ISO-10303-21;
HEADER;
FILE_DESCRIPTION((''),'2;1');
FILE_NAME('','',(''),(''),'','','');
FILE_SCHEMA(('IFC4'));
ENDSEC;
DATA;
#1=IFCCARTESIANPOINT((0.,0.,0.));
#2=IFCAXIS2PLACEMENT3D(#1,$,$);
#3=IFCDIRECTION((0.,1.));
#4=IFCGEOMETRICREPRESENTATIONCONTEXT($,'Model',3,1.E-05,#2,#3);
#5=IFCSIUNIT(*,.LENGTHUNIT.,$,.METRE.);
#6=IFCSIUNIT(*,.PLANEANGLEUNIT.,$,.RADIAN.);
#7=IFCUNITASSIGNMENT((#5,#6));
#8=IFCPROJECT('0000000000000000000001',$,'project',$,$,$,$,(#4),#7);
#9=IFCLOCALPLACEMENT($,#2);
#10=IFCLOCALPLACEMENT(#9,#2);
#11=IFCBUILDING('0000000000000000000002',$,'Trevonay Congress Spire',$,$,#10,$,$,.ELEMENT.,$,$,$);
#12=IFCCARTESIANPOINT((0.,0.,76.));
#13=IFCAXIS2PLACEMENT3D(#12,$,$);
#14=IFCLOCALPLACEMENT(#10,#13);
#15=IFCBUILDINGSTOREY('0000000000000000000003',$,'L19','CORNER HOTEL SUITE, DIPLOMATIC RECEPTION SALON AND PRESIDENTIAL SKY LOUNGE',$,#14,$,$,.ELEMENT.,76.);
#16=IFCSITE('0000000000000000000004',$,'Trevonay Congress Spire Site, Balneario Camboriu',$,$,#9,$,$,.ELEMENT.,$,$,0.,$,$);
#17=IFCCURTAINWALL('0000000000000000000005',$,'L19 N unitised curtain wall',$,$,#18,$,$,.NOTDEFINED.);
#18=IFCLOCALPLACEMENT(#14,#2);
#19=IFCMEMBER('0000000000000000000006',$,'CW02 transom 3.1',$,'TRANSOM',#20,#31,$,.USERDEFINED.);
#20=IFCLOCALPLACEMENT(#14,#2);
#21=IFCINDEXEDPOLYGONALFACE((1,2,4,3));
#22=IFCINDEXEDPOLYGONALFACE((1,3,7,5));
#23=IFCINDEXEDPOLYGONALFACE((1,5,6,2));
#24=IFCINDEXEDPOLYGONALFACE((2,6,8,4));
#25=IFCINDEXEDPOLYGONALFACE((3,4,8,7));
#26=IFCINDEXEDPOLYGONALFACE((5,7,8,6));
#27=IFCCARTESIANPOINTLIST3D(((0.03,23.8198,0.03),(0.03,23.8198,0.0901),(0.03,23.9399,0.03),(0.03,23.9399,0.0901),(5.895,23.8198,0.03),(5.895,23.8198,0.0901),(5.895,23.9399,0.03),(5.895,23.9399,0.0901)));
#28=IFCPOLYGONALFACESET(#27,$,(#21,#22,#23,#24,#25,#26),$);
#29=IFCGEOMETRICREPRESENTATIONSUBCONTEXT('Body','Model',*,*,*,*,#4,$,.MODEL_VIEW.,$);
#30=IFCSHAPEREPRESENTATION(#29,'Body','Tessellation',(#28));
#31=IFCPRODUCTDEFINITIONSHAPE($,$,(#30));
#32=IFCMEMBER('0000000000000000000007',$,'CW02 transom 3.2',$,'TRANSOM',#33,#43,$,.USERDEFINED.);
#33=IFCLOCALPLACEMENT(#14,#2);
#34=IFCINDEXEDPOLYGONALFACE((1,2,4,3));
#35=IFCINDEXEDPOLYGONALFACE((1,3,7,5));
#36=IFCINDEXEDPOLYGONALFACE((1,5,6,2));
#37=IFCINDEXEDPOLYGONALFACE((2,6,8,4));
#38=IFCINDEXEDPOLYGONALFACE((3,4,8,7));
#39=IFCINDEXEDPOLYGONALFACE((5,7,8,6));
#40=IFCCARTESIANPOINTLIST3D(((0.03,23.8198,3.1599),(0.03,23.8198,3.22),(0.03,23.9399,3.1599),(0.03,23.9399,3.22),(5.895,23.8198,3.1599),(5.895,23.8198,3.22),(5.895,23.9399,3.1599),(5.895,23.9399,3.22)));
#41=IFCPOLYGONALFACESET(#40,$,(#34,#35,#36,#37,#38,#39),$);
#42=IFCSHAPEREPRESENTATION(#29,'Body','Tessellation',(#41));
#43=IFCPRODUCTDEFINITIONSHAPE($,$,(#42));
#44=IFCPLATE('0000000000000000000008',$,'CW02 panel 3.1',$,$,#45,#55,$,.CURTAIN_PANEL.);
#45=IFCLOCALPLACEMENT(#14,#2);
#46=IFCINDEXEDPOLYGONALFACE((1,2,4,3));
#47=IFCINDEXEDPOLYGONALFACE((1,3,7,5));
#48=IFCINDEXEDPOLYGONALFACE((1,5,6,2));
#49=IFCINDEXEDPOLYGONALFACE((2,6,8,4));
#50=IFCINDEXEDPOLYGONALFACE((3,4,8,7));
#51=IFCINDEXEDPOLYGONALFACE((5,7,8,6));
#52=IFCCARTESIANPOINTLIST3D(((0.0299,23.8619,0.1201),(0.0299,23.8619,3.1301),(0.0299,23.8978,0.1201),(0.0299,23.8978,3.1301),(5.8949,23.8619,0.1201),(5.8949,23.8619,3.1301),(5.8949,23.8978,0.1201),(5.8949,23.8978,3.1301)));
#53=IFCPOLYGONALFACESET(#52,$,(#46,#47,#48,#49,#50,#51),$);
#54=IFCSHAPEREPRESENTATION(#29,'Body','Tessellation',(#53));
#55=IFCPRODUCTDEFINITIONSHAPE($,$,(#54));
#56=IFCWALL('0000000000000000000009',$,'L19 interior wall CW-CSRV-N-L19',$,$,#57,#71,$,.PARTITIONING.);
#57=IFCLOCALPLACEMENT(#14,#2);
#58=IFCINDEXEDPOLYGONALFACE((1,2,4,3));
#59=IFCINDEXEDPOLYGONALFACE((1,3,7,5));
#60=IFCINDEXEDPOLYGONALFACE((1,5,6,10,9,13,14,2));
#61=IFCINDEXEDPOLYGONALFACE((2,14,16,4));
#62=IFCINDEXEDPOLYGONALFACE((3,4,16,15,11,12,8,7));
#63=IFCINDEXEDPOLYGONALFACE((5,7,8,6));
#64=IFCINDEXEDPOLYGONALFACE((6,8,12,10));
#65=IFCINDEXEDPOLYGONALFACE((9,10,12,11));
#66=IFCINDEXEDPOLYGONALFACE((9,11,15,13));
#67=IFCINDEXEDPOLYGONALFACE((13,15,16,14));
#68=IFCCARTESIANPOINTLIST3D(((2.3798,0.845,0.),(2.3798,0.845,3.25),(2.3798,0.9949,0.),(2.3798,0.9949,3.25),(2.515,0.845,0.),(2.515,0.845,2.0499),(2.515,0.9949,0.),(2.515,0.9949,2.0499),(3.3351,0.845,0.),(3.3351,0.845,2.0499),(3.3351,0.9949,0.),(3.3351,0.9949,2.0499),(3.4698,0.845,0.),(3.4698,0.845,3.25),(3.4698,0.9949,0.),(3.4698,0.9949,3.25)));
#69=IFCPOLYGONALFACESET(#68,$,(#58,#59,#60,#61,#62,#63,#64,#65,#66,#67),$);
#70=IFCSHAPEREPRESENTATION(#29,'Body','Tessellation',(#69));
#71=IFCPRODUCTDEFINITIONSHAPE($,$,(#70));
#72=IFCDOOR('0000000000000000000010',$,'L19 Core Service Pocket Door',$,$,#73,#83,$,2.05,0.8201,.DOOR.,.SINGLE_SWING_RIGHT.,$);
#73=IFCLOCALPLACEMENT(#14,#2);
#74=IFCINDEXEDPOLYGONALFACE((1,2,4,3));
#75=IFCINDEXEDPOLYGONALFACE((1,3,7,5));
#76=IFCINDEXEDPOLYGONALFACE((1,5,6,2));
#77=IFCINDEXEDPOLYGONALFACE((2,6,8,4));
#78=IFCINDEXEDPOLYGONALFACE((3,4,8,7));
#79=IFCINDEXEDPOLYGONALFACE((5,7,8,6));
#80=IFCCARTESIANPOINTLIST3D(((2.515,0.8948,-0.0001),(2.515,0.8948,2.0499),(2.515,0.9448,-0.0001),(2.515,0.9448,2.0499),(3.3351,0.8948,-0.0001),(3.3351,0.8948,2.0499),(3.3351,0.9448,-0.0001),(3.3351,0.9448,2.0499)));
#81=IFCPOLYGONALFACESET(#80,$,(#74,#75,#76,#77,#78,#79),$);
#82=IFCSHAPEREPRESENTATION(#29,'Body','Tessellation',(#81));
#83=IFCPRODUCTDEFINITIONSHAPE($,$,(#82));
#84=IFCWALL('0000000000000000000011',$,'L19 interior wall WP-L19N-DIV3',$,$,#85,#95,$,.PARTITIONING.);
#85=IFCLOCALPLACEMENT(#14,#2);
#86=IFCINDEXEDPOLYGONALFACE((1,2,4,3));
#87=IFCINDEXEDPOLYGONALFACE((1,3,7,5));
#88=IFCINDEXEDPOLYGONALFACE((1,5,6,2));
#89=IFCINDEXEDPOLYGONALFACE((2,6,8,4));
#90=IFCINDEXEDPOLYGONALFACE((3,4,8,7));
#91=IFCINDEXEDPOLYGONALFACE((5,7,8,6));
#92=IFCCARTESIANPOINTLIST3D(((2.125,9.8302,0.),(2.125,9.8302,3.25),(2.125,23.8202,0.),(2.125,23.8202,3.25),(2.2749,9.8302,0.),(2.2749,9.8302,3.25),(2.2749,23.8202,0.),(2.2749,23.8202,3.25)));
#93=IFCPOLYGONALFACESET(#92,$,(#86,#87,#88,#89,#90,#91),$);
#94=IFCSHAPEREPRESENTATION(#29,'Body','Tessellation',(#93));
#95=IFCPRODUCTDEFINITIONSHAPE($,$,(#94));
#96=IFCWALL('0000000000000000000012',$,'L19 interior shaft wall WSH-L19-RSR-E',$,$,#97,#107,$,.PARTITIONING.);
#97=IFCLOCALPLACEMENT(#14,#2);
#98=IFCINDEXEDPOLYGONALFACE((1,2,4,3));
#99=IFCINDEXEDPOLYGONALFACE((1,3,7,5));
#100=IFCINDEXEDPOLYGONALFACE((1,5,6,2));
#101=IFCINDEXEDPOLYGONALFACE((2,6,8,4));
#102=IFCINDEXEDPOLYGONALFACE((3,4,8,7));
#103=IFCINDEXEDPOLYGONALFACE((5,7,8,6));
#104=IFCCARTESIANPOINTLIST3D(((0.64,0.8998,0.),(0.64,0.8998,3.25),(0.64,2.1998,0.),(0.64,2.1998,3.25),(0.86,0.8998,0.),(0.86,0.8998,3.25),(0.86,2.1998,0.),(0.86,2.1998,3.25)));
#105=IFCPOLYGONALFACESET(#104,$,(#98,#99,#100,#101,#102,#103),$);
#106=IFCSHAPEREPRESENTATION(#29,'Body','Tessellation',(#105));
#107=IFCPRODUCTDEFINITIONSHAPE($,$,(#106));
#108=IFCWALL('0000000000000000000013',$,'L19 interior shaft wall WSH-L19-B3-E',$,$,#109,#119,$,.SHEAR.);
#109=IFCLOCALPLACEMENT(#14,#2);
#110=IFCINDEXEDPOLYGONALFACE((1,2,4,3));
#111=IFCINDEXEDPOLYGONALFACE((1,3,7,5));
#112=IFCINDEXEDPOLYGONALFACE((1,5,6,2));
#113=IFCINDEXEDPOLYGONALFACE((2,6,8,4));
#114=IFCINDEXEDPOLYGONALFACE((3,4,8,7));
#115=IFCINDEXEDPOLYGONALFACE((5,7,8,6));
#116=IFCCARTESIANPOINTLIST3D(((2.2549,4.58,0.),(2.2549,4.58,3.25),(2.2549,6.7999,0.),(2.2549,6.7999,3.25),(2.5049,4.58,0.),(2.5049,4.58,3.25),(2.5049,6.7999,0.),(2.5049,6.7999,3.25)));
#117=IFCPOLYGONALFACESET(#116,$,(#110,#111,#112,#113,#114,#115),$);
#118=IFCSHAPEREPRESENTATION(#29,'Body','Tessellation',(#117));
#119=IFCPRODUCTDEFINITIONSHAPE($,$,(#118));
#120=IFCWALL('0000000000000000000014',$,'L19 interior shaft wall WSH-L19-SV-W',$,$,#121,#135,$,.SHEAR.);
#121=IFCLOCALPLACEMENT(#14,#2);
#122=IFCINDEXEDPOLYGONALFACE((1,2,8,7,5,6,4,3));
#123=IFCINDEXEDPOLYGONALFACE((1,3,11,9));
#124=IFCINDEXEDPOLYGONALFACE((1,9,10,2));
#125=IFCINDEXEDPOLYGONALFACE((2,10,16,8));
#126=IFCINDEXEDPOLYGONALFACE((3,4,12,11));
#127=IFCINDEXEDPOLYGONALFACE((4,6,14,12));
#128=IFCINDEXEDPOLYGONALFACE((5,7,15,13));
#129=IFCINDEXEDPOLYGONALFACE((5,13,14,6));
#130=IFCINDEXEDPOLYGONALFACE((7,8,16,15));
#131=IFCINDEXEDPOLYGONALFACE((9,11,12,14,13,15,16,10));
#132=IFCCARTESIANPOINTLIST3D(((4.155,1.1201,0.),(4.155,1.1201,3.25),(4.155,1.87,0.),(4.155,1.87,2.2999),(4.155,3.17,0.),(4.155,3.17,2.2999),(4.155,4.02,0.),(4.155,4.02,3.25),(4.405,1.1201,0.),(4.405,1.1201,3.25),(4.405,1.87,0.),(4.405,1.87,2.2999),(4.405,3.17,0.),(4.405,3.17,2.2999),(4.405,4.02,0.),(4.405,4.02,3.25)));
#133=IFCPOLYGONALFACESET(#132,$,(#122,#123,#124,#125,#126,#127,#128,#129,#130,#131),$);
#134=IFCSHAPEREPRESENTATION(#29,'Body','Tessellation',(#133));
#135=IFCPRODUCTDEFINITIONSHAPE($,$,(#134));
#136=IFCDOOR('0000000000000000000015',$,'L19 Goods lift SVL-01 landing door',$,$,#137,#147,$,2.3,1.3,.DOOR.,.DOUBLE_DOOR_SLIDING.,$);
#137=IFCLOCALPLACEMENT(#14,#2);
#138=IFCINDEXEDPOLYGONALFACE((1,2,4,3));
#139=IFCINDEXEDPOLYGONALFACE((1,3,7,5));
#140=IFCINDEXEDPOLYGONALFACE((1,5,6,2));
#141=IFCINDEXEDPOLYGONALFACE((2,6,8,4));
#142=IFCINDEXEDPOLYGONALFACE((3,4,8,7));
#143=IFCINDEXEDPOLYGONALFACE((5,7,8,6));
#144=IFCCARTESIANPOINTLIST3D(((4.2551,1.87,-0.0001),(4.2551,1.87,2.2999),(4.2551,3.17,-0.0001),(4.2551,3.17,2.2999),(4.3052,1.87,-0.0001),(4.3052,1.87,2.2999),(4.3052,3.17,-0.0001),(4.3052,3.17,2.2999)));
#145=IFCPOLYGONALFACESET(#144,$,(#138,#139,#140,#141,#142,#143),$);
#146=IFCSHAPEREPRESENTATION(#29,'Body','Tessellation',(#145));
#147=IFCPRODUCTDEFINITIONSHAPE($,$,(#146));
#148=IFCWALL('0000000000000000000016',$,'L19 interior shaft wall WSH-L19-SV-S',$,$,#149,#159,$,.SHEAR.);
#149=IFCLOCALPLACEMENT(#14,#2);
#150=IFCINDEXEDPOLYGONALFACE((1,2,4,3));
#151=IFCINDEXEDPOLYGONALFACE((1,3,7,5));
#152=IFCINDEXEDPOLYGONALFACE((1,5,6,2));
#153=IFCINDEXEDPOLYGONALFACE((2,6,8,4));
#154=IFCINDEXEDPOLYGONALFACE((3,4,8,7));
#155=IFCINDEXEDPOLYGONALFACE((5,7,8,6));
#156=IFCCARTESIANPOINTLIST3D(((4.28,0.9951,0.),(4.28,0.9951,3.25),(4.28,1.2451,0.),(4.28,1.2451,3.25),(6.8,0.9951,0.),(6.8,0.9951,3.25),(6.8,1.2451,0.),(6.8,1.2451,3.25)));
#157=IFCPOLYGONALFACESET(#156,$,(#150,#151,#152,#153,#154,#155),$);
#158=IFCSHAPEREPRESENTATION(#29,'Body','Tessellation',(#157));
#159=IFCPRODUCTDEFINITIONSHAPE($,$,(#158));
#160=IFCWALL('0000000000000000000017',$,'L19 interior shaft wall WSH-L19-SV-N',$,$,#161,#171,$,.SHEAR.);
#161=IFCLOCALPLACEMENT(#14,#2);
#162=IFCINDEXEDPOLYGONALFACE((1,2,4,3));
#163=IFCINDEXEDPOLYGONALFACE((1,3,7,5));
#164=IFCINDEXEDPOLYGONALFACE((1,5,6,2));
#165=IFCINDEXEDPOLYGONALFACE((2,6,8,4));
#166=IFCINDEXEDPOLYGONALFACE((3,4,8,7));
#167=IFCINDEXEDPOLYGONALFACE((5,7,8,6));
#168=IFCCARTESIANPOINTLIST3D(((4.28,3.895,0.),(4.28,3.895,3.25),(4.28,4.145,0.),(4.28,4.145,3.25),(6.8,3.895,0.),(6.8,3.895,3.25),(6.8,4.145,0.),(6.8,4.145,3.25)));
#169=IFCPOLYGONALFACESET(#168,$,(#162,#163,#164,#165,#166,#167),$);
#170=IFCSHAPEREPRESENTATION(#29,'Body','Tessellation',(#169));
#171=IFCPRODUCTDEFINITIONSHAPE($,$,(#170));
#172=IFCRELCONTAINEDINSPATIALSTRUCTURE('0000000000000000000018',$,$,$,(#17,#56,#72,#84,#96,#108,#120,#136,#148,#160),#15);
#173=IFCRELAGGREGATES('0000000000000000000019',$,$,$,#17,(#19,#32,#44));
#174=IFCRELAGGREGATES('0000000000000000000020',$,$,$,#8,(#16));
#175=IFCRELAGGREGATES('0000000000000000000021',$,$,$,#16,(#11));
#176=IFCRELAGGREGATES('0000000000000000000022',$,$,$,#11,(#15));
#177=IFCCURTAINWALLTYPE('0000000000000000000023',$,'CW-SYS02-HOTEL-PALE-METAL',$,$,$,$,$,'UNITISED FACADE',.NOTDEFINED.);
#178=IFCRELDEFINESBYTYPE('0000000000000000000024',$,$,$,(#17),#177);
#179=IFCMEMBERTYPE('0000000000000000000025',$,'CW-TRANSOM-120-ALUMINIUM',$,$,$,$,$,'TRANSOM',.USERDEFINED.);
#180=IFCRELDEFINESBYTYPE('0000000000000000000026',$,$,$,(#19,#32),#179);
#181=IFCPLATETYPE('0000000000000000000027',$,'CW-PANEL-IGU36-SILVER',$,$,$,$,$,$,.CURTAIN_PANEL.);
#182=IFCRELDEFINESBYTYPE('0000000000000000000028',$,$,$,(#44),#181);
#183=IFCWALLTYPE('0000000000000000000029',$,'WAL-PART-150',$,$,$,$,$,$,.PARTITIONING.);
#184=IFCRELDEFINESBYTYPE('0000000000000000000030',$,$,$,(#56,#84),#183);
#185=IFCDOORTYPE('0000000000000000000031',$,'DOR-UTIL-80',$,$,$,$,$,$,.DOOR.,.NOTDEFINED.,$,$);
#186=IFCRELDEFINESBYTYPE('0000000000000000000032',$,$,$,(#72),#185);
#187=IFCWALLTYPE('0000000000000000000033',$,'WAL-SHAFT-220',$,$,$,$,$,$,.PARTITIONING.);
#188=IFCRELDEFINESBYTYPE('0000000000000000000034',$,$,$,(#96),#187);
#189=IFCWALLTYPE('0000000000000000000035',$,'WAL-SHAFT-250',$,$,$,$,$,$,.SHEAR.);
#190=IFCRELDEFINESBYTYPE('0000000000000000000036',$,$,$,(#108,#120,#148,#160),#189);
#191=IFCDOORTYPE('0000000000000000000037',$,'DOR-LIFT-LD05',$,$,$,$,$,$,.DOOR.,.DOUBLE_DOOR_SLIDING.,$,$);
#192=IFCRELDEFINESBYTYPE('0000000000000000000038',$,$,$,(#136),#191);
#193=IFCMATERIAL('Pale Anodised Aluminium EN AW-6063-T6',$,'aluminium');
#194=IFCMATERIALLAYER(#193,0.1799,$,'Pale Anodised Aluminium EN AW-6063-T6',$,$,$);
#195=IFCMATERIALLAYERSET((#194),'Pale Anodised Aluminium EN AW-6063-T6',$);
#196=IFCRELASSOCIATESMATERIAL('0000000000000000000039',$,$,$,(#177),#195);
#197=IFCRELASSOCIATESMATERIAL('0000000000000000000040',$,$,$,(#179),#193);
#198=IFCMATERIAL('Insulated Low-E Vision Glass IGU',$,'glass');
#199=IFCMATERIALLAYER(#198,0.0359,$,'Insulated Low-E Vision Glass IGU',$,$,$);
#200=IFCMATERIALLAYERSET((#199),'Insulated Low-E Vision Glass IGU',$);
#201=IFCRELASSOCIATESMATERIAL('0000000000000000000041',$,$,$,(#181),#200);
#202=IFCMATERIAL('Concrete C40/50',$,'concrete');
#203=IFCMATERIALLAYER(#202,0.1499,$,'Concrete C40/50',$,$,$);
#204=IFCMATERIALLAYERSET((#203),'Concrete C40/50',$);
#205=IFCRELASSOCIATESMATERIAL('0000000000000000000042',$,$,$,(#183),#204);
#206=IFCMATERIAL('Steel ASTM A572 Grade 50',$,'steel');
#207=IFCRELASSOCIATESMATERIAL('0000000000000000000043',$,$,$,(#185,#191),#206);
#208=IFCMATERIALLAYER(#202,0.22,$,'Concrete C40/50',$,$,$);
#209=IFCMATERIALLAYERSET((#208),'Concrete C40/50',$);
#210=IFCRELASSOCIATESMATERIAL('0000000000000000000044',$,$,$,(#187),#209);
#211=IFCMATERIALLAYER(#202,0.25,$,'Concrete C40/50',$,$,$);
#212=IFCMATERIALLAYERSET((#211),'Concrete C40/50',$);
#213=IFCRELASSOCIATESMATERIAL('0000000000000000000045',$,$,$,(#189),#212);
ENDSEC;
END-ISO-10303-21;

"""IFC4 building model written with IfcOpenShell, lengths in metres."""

from ifc_helpers import new_model, si_unit, direction, frame, frame_2d, origin, origin_2d, place, context, subcontext, project, spatial, rectangle, extrude, material, layer, layer_set, material_profile, profile_set, type_object, element, fill, aggregate, save


model = new_model("IFC4")

# Units and contexts
model_context = context("Model", 3, precision=1e-05, world=origin(), true_north=direction((0.0, 1.0)))
body_context = subcontext(model_context, "Body", "Model", "MODEL_VIEW")
ifc_project = project(units=[si_unit("LENGTHUNIT", "METRE"), si_unit("PLANEANGLEUNIT", "RADIAN")], contexts=[model_context])

# Site, building, storey
site_placement = place(None, origin())
site = spatial("IfcSite", under=ifc_project, at=site_placement, Name="Trevonay Congress Spire Site, Balneario Camboriu", CompositionType="ELEMENT", RefElevation=0.0)
building_placement = place(site_placement, origin())
building = spatial("IfcBuilding", under=site, at=building_placement, Name="Trevonay Congress Spire", CompositionType="ELEMENT")
storey_placement = place(building_placement, frame((0.0, 0.0, 76.0)))
storey = spatial("IfcBuildingStorey", under=building, at=storey_placement, Name="L19", Description="CORNER HOTEL SUITE, DIPLOMATIC RECEPTION SALON AND PRESIDENTIAL SKY LOUNGE", CompositionType="ELEMENT", Elevation=76.0)

# Shared definitions
ifc_material_1 = material(Name="Steel ASTM A572 Grade 50", Category="steel")

# Curtain wall, members, plate
ifc_material_2 = material(Name="Pale Anodised Aluminium EN AW-6063-T6", Category="aluminium")
ifc_layer_1 = layer(ifc_material_2, 0.1799, Name="Pale Anodised Aluminium EN AW-6063-T6")
ifc_layer_set_1 = layer_set([ifc_layer_1], Name="Pale Anodised Aluminium EN AW-6063-T6")
curtain_wall_type = type_object("IfcCurtainWallType", Name="CW-SYS02-HOTEL-PALE-METAL", ElementType="UNITISED FACADE", PredefinedType="NOTDEFINED", material=ifc_layer_set_1)
curtain_wall_placement = place(storey_placement, origin())
curtain_wall = element("IfcCurtainWall", 1, at=curtain_wall_placement, inside=storey, type_object=curtain_wall_type, Name="L19 N unitised curtain wall", PredefinedType="NOTDEFINED")
ifc_material_profile_1 = material_profile(ifc_material_2, rectangle(XDim=0.1201, YDim=0.0601, at=origin_2d()), Name="CW-TRANSOM-120-ALUMINIUM")
ifc_profile_set_1 = profile_set([ifc_material_profile_1], Name="Pale Anodised Aluminium EN AW-6063-T6")
member_type = type_object("IfcMemberType", Name="CW-TRANSOM-120-ALUMINIUM", ElementType="TRANSOM", PredefinedType="USERDEFINED", material=ifc_profile_set_1)
member_1_placement = place(storey_placement, frame((0.03, 23.8799, 0.0601), z_axis=(1.0, 0.0, 0.0), x_axis=(0.0, 1.0, 0.0)))
member_1 = element("IfcMember", 2, at=member_1_placement, type_object=member_type, Name="CW02 transom 3.1", ObjectType="TRANSOM", PredefinedType="USERDEFINED", context=body_context, shape_type="SweptSolid", body=[
    extrude(rectangle(XDim=0.1201, YDim=0.0601, at=origin_2d()), origin(), (0.0, 0.0, 1.0), 5.865),
])
member_2_placement = place(storey_placement, frame((0.03, 23.8799, 3.1899), z_axis=(1.0, 0.0, 0.0), x_axis=(0.0, 1.0, 0.0)))
member_2 = element("IfcMember", 3, at=member_2_placement, type_object=member_type, Name="CW02 transom 3.2", ObjectType="TRANSOM", PredefinedType="USERDEFINED", context=body_context, shape_type="SweptSolid", body=[
    extrude(rectangle(XDim=0.1201, YDim=0.0601, at=origin_2d()), origin(), (0.0, 0.0, 1.0), 5.865),
])
ifc_material_3 = material(Name="Insulated Low-E Vision Glass IGU", Category="glass")
ifc_layer_2 = layer(ifc_material_3, 0.0359, Name="Insulated Low-E Vision Glass IGU")
ifc_layer_set_2 = layer_set([ifc_layer_2], Name="Insulated Low-E Vision Glass IGU")
plate_type = type_object("IfcPlateType", Name="CW-PANEL-IGU36-SILVER", PredefinedType="CURTAIN_PANEL", material=ifc_layer_set_2)
plate_placement = place(storey_placement, frame((2.9624, 23.8799, 0.1201), z_axis=(0.0, 0.0, 1.0), x_axis=(1.0, 0.0, 0.0)))
plate = element("IfcPlate", 4, at=plate_placement, type_object=plate_type, Name="CW02 panel 3.1", PredefinedType="CURTAIN_PANEL", context=body_context, shape_type="SweptSolid", body=[
    extrude(rectangle(XDim=5.865, YDim=0.0359, at=origin_2d()), origin(), (0.0, 0.0, 1.0), 3.01),
])
aggregate(curtain_wall, [member_1, member_2, plate])

# Wall, opening, door
ifc_material_4 = material(Name="Concrete C40/50", Category="concrete")
ifc_layer_3 = layer(ifc_material_4, 0.1499, Name="Concrete C40/50")
ifc_layer_set_3 = layer_set([ifc_layer_3], Name="Concrete C40/50")
wall_type_1 = type_object("IfcWallType", Name="WAL-PART-150", PredefinedType="PARTITIONING", material=ifc_layer_set_3)
wall_1_placement = place(storey_placement, frame((2.3799, 0.9199, 0.0), z_axis=(0.0, 0.0, 1.0), x_axis=(1.0, 0.0, 0.0)))
wall_1 = element("IfcWall", 5, at=wall_1_placement, inside=storey, type_object=wall_type_1, Name="L19 interior wall CW-CSRV-N-L19", PredefinedType="PARTITIONING", context=body_context, shape_type="SweptSolid", body=[
    extrude(rectangle(XDim=1.0901, YDim=0.1499, at=frame_2d((0.5449, 0.0))), origin(), (0.0, 0.0, 1.0), 3.25),
])
opening_1_placement = place(wall_1_placement, frame((0.135, 0.0, 0.0)))
opening_1 = element("IfcOpeningElement", 6, at=opening_1_placement, cuts=wall_1, PredefinedType="OPENING", context=body_context, shape_type="SweptSolid", body=[
    extrude(rectangle(XDim=0.8201, YDim=2.05, at=frame_2d((0.4102, 1.0249))), frame((0.0, 0.085, 0.0), z_axis=(0.0, -1.0, 0.0), x_axis=(1.0, 0.0, 0.0)), (0.0, 0.0, 1.0), 0.1699),
])
door_type_1 = type_object("IfcDoorType", Name="DOR-UTIL-80", OperationType="NOTDEFINED", PredefinedType="DOOR", material=ifc_material_1)
door_1_placement = place(opening_1_placement, origin())
door_1 = element("IfcDoor", 7, at=door_1_placement, inside=storey, type_object=door_type_1, Name="L19 Core Service Pocket Door", OperationType="SINGLE_SWING_RIGHT", OverallHeight=2.05, OverallWidth=0.8201, PredefinedType="DOOR", context=body_context, shape_type="SweptSolid", body=[
    extrude(rectangle(XDim=0.8201, YDim=2.05, at=frame_2d((0.4102, 1.0249))), frame((0.0, 0.0249, 0.0), z_axis=(0.0, -1.0, 0.0), x_axis=(1.0, 0.0, 0.0)), (0.0, 0.0, 1.0), 0.05),
])
fill(opening_1, door_1)

# Walls
wall_2_placement = place(storey_placement, frame((2.2, 9.8301, 0.0), z_axis=(0.0, 0.0, 1.0), x_axis=(0.0, 1.0, 0.0)))
element("IfcWall", 8, at=wall_2_placement, inside=storey, type_object=wall_type_1, Name="L19 interior wall WP-L19N-DIV3", PredefinedType="PARTITIONING", context=body_context, shape_type="SweptSolid", body=[
    extrude(rectangle(XDim=13.99, YDim=0.1499, at=frame_2d((6.9951, 0.0))), origin(), (0.0, 0.0, 1.0), 3.25),
])
ifc_layer_4 = layer(ifc_material_4, 0.22, Name="Concrete C40/50")
ifc_layer_set_4 = layer_set([ifc_layer_4], Name="Concrete C40/50")
wall_type_2 = type_object("IfcWallType", Name="WAL-SHAFT-220", PredefinedType="PARTITIONING", material=ifc_layer_set_4)
wall_3_placement = place(storey_placement, frame((0.75, 0.8999, 0.0), z_axis=(0.0, 0.0, 1.0), x_axis=(0.0, 1.0, 0.0)))
element("IfcWall", 9, at=wall_3_placement, inside=storey, type_object=wall_type_2, Name="L19 interior shaft wall WSH-L19-RSR-E", PredefinedType="PARTITIONING", context=body_context, shape_type="SweptSolid", body=[
    extrude(rectangle(XDim=1.3, YDim=0.22, at=frame_2d((0.6499, 0.0))), origin(), (0.0, 0.0, 1.0), 3.25),
])
ifc_layer_5 = layer(ifc_material_4, 0.25, Name="Concrete C40/50")
ifc_layer_set_5 = layer_set([ifc_layer_5], Name="Concrete C40/50")
wall_type_3 = type_object("IfcWallType", Name="WAL-SHAFT-250", PredefinedType="SHEAR", material=ifc_layer_set_5)
wall_4_placement = place(storey_placement, frame((2.3799, 4.5801, 0.0), z_axis=(0.0, 0.0, 1.0), x_axis=(0.0, 1.0, 0.0)))
element("IfcWall", 10, at=wall_4_placement, inside=storey, type_object=wall_type_3, Name="L19 interior shaft wall WSH-L19-B3-E", PredefinedType="SHEAR", context=body_context, shape_type="SweptSolid", body=[
    extrude(rectangle(XDim=2.22, YDim=0.25, at=frame_2d((1.1099, 0.0))), origin(), (0.0, 0.0, 1.0), 3.25),
])

# Wall, opening, door
wall_5_placement = place(storey_placement, frame((4.28, 1.1201, 0.0), z_axis=(0.0, 0.0, 1.0), x_axis=(0.0, 1.0, 0.0)))
wall_5 = element("IfcWall", 11, at=wall_5_placement, inside=storey, type_object=wall_type_3, Name="L19 interior shaft wall WSH-L19-SV-W", PredefinedType="SHEAR", context=body_context, shape_type="SweptSolid", body=[
    extrude(rectangle(XDim=2.8999, YDim=0.25, at=frame_2d((1.45, 0.0))), origin(), (0.0, 0.0, 1.0), 3.25),
])
opening_2_placement = place(wall_5_placement, frame((0.75, 0.0, 0.0)))
opening_2 = element("IfcOpeningElement", 12, at=opening_2_placement, cuts=wall_5, PredefinedType="OPENING", context=body_context, shape_type="SweptSolid", body=[
    extrude(rectangle(XDim=1.3, YDim=2.3, at=frame_2d((0.6499, 1.1499))), frame((0.0, 0.135, 0.0), z_axis=(0.0, -1.0, 0.0), x_axis=(1.0, 0.0, 0.0)), (0.0, 0.0, 1.0), 0.27),
])
door_type_2 = type_object("IfcDoorType", Name="DOR-LIFT-LD05", OperationType="DOUBLE_DOOR_SLIDING", PredefinedType="DOOR", material=ifc_material_1)
door_2_placement = place(opening_2_placement, origin())
door_2 = element("IfcDoor", 13, at=door_2_placement, inside=storey, type_object=door_type_2, Name="L19 Goods lift SVL-01 landing door", OperationType="DOUBLE_DOOR_SLIDING", OverallHeight=2.3, OverallWidth=1.3, PredefinedType="DOOR", context=body_context, shape_type="SweptSolid", body=[
    extrude(rectangle(XDim=1.3, YDim=2.3, at=frame_2d((0.6499, 1.1499))), frame((0.0, 0.0249, 0.0), z_axis=(0.0, -1.0, 0.0), x_axis=(1.0, 0.0, 0.0)), (0.0, 0.0, 1.0), 0.05),
])
fill(opening_2, door_2)

# Walls
for number, where, z_axis, x_axis, name in (
    (14, (4.28, 1.1201, 0.0), (0.0, 0.0, 1.0), (1.0, 0.0, 0.0), "L19 interior shaft wall WSH-L19-SV-S"),
    (15, (4.28, 4.02, 0.0), (0.0, 0.0, 1.0), (1.0, 0.0, 0.0), "L19 interior shaft wall WSH-L19-SV-N"),
):
    element("IfcWall", number, at=place(storey_placement, frame(where, z_axis=z_axis, x_axis=x_axis)), inside=storey, type_object=wall_type_3, Name=name, PredefinedType="SHEAR", context=body_context, shape_type="SweptSolid", body=[
        extrude(rectangle(XDim=2.52, YDim=0.25, at=frame_2d((1.26, 0.0))), origin(), (0.0, 0.0, 1.0), 3.25),
    ])

save(model, "model.ifc")
